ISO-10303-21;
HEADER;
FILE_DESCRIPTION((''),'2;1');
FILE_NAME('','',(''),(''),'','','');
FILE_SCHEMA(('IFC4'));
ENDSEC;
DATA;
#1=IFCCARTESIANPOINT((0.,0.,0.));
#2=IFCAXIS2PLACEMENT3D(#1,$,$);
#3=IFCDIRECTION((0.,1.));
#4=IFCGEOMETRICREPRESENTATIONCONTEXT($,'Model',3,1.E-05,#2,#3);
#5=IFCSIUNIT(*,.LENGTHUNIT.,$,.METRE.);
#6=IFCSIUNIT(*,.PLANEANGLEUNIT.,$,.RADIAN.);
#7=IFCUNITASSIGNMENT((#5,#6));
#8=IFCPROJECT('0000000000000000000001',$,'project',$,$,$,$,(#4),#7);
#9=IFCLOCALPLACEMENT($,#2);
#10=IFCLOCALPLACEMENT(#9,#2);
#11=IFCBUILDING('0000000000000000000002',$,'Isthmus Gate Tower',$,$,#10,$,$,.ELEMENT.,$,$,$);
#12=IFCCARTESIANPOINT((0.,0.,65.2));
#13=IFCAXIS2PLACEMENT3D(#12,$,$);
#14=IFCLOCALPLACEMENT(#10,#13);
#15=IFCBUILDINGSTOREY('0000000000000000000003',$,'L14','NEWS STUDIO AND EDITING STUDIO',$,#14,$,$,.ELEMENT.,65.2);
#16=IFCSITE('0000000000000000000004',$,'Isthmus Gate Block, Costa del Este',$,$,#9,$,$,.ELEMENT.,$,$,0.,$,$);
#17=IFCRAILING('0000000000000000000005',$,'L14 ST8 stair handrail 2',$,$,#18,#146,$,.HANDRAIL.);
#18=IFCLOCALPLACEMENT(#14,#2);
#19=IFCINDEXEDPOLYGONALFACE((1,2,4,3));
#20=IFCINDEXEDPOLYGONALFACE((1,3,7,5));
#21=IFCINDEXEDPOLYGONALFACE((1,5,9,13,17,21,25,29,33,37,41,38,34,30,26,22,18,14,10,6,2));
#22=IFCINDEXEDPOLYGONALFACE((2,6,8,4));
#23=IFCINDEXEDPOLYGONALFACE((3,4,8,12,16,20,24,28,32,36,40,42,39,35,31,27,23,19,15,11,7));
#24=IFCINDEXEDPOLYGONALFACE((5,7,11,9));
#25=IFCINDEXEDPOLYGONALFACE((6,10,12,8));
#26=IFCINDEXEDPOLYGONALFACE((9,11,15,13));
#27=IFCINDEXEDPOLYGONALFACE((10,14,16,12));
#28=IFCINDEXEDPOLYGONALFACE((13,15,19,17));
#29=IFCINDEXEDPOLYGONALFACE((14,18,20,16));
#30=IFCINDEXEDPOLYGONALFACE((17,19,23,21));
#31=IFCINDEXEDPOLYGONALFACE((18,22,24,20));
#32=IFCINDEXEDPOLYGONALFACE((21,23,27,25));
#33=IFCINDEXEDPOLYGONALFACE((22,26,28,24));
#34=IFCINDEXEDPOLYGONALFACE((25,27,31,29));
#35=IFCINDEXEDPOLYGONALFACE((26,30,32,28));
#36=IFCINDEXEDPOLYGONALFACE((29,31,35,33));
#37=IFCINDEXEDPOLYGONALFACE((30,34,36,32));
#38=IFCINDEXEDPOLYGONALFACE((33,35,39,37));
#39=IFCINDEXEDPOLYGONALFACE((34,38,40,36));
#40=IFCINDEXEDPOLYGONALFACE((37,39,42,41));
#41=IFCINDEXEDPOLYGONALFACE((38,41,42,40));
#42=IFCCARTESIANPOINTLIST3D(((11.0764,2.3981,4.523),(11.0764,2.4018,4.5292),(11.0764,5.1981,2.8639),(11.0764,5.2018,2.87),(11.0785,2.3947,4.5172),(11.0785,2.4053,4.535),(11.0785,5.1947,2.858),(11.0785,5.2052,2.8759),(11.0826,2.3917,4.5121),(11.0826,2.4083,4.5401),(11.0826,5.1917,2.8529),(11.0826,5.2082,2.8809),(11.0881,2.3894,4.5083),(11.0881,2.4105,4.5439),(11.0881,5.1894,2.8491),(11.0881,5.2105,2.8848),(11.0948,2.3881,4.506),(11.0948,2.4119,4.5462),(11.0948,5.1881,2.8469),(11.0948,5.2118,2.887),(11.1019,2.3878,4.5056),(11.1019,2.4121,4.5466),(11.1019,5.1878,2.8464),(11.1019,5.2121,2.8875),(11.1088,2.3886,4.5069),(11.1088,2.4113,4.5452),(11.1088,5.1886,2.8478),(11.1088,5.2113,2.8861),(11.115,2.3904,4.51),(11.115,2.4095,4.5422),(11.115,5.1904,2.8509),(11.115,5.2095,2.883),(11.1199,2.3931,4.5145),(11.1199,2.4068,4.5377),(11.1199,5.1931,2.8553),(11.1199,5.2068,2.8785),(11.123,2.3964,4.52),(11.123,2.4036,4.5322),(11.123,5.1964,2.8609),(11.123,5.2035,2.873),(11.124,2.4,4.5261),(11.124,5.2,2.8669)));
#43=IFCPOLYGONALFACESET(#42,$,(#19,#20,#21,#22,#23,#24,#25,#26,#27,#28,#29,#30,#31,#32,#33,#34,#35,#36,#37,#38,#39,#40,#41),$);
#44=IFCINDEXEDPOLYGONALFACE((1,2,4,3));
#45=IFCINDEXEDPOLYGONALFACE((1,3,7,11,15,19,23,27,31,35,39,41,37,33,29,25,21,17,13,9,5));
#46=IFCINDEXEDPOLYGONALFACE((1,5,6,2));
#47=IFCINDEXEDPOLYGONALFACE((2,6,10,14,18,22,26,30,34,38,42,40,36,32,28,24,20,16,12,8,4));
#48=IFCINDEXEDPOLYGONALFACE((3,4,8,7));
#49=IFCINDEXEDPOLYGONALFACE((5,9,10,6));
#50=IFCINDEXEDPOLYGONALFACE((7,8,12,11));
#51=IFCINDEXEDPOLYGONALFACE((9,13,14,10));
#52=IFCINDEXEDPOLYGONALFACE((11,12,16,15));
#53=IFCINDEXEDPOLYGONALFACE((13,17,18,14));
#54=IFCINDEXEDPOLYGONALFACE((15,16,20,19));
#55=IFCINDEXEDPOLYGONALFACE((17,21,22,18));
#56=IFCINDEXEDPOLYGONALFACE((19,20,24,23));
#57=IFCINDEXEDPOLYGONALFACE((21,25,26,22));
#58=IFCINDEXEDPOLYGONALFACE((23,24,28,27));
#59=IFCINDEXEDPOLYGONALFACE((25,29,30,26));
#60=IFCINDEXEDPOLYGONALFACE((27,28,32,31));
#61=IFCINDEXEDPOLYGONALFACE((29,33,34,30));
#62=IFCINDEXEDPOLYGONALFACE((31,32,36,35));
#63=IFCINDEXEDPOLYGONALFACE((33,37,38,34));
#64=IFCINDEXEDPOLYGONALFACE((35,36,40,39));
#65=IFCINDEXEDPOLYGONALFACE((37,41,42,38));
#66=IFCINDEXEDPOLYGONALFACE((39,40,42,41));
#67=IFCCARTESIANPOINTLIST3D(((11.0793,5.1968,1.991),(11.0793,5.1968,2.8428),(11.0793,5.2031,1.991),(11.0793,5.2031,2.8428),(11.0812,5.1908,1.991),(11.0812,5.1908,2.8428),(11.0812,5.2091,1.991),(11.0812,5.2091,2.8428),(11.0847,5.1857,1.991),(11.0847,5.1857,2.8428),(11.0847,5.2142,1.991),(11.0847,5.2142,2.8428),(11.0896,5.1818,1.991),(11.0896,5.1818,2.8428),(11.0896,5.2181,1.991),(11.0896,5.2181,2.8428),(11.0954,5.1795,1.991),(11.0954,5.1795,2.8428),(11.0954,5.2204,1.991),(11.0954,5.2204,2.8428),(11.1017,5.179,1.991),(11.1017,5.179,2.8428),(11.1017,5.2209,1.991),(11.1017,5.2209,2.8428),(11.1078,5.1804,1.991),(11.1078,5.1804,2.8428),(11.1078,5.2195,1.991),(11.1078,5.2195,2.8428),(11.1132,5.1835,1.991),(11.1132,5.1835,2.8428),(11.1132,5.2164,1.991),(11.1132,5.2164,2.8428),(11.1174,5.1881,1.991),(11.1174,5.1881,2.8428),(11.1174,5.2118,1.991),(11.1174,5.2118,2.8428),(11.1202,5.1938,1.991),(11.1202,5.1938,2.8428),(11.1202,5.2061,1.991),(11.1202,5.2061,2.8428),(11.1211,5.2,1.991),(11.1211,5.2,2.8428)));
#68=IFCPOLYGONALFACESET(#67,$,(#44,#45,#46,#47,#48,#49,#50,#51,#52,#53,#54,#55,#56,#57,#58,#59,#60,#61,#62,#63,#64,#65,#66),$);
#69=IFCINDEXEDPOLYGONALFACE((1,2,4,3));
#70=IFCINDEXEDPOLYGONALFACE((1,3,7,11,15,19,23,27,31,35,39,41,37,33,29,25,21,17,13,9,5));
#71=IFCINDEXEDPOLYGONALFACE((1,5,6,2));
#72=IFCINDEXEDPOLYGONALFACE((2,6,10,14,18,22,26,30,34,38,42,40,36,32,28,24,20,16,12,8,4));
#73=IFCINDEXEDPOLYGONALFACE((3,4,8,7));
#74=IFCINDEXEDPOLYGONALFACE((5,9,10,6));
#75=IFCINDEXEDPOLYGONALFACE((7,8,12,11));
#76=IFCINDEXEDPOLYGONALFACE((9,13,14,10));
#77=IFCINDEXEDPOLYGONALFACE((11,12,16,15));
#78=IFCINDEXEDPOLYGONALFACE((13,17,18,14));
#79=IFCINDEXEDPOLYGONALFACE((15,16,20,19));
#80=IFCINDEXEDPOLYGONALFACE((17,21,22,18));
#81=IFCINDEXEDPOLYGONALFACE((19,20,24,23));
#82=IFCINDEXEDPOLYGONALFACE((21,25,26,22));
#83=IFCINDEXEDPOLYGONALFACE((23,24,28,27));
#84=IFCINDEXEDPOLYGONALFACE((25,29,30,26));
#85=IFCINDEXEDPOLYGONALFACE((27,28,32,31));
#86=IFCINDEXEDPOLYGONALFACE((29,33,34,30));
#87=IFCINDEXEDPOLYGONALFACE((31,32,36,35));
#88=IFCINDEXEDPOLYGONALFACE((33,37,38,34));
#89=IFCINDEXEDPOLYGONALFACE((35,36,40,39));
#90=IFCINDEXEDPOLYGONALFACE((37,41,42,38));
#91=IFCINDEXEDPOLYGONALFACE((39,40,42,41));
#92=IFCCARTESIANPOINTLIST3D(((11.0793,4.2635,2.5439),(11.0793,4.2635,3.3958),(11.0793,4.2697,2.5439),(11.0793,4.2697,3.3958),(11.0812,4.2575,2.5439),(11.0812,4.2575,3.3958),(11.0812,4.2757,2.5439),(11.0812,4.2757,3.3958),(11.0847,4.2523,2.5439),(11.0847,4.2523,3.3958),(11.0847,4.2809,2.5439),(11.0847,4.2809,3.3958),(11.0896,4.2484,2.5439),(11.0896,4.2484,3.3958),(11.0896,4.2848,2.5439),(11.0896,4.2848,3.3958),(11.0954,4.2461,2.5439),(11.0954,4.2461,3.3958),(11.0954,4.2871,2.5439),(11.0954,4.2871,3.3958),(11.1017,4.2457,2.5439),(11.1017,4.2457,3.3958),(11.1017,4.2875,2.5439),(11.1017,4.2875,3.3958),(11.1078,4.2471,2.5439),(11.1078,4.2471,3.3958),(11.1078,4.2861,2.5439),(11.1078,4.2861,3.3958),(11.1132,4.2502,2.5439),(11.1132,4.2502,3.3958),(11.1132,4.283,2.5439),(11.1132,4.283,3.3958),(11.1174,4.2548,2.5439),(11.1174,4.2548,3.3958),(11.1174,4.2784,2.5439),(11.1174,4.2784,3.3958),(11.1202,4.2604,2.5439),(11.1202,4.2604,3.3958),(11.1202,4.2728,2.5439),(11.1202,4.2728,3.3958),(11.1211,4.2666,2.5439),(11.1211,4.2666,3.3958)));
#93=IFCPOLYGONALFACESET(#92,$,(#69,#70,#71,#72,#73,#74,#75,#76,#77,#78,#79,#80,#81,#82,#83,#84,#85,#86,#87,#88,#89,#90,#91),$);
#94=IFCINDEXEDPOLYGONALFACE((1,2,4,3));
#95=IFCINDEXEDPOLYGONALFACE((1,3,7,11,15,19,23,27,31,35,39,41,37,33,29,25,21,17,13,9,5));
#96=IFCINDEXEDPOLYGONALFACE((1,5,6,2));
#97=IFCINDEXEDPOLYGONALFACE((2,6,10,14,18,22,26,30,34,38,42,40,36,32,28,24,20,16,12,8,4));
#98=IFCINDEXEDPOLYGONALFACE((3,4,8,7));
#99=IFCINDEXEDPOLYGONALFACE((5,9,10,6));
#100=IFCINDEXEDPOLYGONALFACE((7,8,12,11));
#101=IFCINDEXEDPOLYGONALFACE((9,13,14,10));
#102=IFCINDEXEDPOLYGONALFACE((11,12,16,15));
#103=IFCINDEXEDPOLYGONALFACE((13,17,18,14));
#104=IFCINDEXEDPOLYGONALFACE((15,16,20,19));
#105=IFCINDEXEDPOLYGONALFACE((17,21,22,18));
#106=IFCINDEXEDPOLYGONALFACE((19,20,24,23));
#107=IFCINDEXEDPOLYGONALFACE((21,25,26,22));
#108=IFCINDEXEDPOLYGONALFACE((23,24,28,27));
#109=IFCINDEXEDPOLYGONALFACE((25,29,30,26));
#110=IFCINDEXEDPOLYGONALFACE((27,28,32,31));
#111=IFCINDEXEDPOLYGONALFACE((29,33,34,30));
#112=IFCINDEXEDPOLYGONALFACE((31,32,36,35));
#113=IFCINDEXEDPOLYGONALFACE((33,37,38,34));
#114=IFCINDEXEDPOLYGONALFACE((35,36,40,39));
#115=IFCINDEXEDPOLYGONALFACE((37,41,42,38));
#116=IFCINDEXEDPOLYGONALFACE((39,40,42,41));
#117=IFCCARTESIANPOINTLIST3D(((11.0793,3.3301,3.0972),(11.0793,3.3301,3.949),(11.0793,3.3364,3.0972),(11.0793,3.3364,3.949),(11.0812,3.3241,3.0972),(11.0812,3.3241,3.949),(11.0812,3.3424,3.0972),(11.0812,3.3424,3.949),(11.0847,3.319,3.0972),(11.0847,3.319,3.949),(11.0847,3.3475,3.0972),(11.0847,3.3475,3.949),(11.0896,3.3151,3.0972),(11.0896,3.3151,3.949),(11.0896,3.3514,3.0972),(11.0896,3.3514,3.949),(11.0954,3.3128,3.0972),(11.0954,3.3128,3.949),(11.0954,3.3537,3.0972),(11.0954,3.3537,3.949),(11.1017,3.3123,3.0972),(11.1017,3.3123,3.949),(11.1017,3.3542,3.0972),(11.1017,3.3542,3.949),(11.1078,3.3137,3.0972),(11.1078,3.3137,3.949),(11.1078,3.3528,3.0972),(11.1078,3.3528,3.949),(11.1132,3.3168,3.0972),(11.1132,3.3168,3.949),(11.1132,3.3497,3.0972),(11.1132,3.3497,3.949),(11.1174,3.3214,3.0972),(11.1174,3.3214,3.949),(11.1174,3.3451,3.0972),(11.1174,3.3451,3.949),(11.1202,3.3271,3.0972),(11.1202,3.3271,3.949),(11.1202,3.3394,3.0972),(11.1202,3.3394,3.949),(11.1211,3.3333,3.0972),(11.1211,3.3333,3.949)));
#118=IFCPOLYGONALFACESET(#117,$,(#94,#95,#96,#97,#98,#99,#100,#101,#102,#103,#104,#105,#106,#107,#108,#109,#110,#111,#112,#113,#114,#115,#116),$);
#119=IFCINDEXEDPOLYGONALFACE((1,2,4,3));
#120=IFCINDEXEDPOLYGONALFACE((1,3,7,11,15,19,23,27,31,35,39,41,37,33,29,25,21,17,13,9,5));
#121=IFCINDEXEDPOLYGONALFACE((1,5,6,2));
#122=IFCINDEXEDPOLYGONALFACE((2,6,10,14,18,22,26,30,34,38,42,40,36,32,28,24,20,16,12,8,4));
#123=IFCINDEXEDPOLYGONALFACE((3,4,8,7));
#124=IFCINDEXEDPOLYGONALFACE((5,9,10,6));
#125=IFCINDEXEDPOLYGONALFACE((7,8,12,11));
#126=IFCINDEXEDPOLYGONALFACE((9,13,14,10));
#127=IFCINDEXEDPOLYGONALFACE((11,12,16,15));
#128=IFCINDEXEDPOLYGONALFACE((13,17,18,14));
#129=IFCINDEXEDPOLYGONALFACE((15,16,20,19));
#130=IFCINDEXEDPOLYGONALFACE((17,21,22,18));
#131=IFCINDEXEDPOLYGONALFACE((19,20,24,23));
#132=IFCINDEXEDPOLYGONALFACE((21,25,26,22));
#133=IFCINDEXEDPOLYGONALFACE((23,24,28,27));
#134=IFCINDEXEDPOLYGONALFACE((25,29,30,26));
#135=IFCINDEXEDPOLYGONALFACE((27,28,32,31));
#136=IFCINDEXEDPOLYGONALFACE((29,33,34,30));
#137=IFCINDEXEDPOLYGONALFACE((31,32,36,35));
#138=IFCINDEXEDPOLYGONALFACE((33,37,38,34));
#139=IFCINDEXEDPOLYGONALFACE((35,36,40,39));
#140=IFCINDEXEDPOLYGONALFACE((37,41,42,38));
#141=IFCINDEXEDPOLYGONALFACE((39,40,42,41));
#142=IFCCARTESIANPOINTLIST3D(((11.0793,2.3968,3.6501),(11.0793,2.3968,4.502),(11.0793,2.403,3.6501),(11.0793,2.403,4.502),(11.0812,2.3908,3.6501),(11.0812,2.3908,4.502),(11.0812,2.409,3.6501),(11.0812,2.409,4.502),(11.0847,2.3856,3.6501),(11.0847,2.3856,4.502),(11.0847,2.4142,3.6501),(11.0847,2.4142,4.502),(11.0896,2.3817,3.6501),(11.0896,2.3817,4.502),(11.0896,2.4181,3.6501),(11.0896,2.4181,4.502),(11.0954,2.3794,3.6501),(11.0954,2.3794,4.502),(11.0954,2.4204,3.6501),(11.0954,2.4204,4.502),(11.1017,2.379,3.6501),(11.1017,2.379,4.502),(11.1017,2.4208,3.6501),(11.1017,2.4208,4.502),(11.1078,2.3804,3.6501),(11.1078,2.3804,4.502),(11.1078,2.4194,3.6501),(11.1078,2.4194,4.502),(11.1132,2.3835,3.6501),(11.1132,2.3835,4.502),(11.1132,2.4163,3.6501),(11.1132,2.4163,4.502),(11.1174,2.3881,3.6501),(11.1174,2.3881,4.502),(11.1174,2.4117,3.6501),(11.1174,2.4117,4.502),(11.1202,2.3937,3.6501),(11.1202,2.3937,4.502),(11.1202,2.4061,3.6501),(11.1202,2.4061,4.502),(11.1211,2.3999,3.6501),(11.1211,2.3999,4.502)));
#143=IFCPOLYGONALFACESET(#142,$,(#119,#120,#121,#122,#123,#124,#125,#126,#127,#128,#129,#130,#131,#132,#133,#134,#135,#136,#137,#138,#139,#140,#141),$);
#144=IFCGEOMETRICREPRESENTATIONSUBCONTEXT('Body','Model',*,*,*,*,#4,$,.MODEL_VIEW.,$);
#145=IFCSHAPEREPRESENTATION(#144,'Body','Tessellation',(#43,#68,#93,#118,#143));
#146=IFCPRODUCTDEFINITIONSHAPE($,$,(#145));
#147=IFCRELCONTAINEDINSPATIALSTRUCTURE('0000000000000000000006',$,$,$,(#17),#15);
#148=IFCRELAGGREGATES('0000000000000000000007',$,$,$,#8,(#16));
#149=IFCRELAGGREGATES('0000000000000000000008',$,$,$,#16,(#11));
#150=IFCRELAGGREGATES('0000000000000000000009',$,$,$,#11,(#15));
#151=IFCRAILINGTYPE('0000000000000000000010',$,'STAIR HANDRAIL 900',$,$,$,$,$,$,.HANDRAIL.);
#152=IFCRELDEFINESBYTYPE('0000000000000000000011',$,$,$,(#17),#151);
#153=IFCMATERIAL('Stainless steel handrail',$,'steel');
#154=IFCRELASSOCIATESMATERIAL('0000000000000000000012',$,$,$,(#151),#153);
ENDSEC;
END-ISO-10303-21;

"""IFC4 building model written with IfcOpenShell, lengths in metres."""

from ifc_helpers import new_model, si_unit, direction, frame, origin, origin_2d, place, context, subcontext, project, spatial, circle, extrude, material, type_object, element, save


model = new_model("IFC4")

# Units and contexts
model_context = context("Model", 3, precision=1e-05, world=origin(), true_north=direction((0.0, 1.0)))
body_context = subcontext(model_context, "Body", "Model", "MODEL_VIEW")
ifc_project = project(units=[si_unit("LENGTHUNIT", "METRE"), si_unit("PLANEANGLEUNIT", "RADIAN")], contexts=[model_context])

# Site, building, storey
site_placement = place(None, origin())
site = spatial("IfcSite", under=ifc_project, at=site_placement, Name="Isthmus Gate Block, Costa del Este", CompositionType="ELEMENT", RefElevation=0.0)
building_placement = place(site_placement, origin())
building = spatial("IfcBuilding", under=site, at=building_placement, Name="Isthmus Gate Tower", CompositionType="ELEMENT")
storey_placement = place(building_placement, frame((0.0, 0.0, 65.2)))
storey = spatial("IfcBuildingStorey", under=building, at=storey_placement, Name="L14", Description="NEWS STUDIO AND EDITING STUDIO", CompositionType="ELEMENT", Elevation=65.2)

# Railing
ifc_material_1 = material(Name="Stainless steel handrail", Category="steel")
railing_type_1 = type_object("IfcRailingType", Name="STAIR HANDRAIL 900", PredefinedType="HANDRAIL", material=ifc_material_1)
railing_1_placement = place(storey_placement, frame((11.1001, 5.2, 1.991)))
element("IfcRailing", 1, at=railing_1_placement, inside=storey, type_object=railing_type_1, Name="L14 ST8 stair handrail 2", PredefinedType="HANDRAIL", context=body_context, shape_type="SweptSolid", body=[
    extrude(circle(Radius=0.0239, at=origin_2d()), frame((0.0, 0.0, 0.876), z_axis=(0.0, -0.860306, 0.509778), x_axis=(1.0, 0.0, 0.0)), (0.0, 0.0, 1.0), 3.2546),
    extrude(circle(Radius=0.021, at=origin_2d()), origin(), (0.0, 0.0, 1.0), 0.8518),
    extrude(circle(Radius=0.021, at=origin_2d()), frame((0.0, -0.9333, 0.553)), (0.0, 0.0, 1.0), 0.8518),
    extrude(circle(Radius=0.021, at=origin_2d()), frame((0.0, -1.8667, 1.1062)), (0.0, 0.0, 1.0), 0.8518),
    extrude(circle(Radius=0.021, at=origin_2d()), frame((0.0, -2.8, 1.6592)), (0.0, 0.0, 1.0), 0.8518),
])

save(model, "model.ifc")
